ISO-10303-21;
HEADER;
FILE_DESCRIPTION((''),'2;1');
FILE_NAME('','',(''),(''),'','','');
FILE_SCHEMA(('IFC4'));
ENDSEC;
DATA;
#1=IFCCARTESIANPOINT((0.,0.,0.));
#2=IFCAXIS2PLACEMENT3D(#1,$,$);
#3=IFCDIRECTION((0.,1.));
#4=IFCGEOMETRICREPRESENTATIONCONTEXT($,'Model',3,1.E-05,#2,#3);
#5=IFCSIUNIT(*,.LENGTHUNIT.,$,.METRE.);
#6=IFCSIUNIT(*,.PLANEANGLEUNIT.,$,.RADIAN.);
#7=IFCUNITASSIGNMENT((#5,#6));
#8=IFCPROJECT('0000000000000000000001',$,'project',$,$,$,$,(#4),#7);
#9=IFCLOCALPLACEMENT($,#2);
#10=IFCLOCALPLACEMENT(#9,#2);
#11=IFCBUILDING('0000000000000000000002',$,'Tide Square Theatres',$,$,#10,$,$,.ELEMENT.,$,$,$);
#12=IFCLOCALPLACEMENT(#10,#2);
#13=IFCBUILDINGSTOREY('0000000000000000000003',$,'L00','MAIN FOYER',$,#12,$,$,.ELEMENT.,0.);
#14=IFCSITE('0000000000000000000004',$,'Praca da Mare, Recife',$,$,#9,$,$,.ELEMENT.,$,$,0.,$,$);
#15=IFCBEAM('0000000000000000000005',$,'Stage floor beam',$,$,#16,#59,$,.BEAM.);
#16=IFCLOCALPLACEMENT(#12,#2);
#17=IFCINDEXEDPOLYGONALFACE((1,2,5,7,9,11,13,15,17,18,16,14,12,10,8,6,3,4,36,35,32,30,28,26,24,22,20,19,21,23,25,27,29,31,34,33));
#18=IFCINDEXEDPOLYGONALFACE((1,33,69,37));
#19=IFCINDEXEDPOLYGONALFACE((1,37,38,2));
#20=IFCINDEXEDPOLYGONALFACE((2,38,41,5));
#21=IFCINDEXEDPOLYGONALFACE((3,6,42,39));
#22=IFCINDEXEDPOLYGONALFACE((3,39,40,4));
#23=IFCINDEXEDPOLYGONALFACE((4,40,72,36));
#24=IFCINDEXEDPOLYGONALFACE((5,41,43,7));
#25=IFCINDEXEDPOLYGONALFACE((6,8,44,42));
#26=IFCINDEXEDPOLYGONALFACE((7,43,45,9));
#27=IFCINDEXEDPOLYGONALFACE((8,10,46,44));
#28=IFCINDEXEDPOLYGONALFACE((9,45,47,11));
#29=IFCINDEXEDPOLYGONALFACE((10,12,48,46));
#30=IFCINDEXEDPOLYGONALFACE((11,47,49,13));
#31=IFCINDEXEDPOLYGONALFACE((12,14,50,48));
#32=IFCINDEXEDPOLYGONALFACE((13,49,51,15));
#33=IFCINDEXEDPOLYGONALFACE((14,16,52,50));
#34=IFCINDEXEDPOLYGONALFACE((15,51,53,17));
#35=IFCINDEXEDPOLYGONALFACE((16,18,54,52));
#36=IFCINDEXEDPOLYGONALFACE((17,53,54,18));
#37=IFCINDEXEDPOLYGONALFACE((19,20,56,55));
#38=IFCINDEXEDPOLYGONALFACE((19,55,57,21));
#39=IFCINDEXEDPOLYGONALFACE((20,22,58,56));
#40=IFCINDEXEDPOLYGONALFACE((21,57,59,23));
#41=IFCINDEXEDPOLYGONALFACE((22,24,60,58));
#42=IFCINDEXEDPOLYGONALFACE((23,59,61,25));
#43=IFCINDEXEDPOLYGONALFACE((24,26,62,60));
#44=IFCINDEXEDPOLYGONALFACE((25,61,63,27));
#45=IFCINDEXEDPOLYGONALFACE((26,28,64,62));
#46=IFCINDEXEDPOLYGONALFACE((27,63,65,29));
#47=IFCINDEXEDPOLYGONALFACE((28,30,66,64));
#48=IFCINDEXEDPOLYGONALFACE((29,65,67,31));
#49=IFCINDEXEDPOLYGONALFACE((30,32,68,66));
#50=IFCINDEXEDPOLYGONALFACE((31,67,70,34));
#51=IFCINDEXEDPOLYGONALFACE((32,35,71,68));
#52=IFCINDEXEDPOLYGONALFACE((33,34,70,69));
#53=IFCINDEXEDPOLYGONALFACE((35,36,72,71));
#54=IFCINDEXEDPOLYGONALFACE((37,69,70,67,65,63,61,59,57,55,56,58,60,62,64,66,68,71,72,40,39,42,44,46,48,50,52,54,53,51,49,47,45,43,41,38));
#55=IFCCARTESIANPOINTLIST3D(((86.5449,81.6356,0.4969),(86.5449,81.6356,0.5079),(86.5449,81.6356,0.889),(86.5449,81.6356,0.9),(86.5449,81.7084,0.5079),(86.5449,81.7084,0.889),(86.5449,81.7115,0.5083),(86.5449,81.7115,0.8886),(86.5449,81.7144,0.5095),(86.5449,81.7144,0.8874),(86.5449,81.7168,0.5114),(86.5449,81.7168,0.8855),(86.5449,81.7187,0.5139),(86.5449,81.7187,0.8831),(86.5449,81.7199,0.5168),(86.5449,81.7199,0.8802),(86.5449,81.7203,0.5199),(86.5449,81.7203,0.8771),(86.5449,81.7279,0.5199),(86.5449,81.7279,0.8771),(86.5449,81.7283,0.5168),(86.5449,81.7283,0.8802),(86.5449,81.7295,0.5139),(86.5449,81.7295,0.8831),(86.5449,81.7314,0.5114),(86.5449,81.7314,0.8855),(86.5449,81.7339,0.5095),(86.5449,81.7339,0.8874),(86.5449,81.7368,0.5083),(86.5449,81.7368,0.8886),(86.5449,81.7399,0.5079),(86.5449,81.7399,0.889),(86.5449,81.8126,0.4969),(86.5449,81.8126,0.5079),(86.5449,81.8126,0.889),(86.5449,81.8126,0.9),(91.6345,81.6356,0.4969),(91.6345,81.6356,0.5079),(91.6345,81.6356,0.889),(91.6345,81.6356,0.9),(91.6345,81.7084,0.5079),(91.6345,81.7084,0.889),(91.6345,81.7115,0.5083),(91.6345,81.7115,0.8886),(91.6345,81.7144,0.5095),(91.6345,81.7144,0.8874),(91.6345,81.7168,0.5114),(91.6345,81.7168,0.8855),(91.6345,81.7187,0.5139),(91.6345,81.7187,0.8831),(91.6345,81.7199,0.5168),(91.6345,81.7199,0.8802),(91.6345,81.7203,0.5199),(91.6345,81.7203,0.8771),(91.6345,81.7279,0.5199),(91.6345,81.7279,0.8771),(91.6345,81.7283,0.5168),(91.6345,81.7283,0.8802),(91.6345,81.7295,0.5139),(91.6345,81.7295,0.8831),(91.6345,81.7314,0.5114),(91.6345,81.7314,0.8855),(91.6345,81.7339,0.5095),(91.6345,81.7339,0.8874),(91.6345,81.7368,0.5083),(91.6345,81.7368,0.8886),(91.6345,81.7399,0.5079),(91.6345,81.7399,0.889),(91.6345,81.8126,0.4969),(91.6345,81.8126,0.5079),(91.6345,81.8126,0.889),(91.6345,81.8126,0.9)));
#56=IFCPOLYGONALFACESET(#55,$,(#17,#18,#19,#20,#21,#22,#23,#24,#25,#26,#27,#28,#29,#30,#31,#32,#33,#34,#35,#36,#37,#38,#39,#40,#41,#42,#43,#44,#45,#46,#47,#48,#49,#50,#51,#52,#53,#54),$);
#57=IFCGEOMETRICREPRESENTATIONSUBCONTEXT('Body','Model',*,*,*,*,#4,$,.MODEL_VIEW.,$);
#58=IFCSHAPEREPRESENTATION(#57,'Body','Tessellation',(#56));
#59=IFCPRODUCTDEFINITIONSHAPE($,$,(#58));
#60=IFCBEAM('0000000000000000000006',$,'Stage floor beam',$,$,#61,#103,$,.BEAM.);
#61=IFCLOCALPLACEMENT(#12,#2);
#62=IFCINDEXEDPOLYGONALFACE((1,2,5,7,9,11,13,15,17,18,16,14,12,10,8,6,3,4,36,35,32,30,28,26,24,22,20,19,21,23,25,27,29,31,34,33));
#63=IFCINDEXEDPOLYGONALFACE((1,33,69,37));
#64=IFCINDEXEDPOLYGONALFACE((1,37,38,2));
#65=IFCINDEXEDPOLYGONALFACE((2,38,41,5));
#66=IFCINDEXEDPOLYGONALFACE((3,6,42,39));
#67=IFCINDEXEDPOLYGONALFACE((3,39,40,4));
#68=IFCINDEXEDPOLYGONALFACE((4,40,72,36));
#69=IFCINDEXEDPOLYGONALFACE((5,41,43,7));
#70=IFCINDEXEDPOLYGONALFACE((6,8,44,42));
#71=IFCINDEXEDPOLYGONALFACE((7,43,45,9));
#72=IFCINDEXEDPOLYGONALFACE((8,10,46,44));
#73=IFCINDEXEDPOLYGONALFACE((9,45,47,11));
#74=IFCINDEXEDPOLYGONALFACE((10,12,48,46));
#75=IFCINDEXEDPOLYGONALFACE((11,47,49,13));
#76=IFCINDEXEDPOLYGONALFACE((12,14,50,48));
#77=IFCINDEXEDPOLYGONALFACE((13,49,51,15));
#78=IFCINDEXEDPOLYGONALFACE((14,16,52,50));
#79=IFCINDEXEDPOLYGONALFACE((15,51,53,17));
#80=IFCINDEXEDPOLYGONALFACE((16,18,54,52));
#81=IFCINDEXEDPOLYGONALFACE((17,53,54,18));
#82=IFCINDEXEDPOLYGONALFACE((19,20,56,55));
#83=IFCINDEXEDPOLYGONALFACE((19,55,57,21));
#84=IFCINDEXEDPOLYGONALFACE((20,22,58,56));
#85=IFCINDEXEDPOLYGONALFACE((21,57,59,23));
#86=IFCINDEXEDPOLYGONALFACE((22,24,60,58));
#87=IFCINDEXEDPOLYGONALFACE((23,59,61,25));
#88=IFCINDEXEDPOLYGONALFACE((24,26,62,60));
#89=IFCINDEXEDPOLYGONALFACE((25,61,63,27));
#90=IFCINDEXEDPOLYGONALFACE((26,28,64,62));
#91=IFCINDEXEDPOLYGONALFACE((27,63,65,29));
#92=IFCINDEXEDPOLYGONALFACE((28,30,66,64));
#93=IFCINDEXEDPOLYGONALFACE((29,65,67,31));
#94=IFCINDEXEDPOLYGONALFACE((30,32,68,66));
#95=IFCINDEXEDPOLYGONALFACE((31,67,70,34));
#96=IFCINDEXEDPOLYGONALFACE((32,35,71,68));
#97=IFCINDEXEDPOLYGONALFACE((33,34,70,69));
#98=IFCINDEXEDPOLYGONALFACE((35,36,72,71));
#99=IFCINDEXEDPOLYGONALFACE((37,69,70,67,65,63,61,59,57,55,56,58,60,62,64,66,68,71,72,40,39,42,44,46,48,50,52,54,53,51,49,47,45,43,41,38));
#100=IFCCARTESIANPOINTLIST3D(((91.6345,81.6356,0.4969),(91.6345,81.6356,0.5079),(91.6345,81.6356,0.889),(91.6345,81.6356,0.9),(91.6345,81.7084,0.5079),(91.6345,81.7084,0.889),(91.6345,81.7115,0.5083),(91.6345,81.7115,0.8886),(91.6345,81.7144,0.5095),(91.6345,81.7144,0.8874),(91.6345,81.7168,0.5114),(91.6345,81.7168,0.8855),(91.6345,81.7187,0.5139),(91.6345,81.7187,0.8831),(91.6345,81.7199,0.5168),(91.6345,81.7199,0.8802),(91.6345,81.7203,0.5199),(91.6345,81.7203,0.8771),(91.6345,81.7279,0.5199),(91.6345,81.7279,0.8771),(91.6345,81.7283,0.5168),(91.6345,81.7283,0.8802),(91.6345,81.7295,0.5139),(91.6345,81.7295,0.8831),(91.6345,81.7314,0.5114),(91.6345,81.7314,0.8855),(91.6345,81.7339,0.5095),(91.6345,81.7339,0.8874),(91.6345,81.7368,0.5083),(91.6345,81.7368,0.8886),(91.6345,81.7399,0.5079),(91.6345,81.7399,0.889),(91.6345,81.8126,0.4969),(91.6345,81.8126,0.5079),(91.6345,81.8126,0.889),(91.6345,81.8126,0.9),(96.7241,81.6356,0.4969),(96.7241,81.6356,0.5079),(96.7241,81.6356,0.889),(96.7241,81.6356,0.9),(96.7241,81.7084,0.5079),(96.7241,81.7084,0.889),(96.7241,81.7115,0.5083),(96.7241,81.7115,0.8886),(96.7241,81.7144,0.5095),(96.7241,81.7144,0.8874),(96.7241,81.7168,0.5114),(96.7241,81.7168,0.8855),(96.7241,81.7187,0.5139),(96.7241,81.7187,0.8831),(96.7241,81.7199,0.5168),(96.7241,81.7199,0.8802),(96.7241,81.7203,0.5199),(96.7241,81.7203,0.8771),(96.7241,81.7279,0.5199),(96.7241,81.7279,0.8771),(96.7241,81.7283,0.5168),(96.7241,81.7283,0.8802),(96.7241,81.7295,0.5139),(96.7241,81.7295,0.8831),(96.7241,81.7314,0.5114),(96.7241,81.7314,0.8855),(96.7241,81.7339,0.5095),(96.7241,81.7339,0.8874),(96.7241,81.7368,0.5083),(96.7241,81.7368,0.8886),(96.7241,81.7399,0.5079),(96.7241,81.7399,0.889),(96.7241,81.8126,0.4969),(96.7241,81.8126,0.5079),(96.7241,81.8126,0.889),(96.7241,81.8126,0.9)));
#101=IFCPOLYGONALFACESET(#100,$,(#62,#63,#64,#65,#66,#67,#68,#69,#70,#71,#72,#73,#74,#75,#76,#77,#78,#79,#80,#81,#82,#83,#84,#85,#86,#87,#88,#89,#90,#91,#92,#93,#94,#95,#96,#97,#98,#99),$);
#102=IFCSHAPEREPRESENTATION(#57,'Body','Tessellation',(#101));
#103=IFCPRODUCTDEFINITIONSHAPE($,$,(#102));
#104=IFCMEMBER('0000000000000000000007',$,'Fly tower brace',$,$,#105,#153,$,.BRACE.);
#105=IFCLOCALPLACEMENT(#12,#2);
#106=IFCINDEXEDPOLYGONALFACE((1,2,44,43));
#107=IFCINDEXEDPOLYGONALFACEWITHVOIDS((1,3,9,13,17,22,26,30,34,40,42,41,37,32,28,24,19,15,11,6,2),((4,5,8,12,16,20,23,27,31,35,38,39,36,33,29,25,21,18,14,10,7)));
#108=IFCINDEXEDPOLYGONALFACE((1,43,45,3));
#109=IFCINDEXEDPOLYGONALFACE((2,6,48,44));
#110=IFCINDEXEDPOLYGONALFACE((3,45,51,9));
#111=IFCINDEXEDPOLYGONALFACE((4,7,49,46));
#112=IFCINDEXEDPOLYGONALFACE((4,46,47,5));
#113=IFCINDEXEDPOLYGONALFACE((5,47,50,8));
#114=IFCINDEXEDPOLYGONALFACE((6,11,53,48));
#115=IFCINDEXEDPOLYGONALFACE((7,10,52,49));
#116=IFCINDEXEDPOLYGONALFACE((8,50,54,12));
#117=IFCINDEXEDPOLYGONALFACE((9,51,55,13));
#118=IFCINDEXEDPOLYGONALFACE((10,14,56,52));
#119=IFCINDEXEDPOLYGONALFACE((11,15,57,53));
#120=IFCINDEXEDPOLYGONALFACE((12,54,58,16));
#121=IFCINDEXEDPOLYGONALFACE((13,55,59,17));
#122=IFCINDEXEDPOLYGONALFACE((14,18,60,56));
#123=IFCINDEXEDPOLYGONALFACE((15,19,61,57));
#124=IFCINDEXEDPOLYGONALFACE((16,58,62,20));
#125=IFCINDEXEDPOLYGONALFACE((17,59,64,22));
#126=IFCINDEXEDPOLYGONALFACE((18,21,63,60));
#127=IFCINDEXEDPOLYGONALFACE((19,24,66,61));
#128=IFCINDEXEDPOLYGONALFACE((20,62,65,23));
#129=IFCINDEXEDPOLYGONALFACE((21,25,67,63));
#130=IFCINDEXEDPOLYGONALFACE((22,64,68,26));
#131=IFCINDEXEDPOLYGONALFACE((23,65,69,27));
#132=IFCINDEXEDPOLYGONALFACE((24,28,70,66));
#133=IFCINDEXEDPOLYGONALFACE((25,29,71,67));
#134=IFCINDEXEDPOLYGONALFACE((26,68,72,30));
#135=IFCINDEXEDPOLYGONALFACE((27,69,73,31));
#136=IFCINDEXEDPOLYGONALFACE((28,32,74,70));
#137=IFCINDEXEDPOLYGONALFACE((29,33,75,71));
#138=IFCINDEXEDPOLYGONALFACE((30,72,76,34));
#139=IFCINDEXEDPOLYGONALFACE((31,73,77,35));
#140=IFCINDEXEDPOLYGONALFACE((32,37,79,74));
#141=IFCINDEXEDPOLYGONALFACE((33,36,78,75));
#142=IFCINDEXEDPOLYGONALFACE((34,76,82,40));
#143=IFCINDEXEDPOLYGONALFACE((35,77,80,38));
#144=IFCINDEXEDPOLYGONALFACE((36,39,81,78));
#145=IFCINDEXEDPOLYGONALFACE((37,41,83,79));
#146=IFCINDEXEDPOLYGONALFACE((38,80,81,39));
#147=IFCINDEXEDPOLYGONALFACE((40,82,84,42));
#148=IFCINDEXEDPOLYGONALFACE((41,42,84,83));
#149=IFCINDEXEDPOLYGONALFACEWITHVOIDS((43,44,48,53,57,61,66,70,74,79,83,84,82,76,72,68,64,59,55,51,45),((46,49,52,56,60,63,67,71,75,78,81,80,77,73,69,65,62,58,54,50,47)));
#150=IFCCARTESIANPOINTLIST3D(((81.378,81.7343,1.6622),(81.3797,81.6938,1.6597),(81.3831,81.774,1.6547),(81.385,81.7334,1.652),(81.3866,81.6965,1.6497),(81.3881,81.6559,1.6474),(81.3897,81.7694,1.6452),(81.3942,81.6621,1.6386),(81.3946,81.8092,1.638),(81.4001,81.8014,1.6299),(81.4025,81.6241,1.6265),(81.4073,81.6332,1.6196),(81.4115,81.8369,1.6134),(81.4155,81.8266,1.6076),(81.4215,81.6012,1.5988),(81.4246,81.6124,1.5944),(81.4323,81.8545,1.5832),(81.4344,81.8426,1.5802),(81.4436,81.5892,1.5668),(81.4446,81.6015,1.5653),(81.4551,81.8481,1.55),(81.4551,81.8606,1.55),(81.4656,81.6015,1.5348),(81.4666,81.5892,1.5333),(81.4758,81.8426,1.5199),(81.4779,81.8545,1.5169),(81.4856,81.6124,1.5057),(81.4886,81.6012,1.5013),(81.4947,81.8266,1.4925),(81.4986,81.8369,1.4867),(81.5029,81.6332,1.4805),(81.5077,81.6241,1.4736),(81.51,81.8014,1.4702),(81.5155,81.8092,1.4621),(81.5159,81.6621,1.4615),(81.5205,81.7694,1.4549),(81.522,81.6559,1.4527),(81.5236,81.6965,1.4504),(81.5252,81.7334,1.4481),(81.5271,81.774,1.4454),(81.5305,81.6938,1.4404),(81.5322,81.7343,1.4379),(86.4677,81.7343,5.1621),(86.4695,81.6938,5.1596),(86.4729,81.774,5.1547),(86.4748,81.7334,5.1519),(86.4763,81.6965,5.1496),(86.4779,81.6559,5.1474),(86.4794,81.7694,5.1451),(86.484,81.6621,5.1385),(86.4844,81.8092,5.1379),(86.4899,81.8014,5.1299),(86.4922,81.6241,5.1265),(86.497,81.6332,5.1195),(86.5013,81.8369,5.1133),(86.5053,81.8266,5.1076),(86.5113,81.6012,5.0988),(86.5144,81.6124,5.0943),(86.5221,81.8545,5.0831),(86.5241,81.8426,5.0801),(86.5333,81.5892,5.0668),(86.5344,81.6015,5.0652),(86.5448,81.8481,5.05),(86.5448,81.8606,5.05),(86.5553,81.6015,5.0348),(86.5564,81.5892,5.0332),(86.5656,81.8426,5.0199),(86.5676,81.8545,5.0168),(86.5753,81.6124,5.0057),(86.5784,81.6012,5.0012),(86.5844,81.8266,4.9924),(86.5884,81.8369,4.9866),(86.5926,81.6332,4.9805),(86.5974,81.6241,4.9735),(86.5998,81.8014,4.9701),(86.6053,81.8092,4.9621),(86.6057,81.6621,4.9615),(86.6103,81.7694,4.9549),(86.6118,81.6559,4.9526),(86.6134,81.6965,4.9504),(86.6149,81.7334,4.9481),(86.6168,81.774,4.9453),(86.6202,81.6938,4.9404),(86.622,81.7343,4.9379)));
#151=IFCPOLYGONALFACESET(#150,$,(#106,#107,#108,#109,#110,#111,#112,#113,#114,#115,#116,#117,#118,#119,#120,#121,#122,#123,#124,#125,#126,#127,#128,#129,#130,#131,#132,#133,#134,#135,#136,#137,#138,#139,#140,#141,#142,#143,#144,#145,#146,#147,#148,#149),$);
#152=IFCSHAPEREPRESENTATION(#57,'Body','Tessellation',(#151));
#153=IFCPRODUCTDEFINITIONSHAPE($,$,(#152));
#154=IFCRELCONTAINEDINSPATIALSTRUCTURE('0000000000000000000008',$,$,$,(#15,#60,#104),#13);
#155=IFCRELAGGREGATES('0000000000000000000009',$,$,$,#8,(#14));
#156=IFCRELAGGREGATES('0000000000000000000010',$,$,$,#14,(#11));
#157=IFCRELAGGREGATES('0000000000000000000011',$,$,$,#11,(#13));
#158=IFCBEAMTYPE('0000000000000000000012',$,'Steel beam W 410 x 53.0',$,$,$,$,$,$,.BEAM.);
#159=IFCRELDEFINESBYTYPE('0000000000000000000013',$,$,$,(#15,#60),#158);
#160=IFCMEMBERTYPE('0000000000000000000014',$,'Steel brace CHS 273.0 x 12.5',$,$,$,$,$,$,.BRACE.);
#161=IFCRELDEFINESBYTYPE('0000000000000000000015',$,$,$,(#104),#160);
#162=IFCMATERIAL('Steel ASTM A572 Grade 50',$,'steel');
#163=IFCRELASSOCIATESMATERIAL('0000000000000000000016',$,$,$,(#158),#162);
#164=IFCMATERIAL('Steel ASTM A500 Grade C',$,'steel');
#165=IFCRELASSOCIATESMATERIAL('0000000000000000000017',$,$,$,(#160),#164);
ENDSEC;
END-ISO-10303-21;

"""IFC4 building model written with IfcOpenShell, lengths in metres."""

from ifc_helpers import new_model, si_unit, direction, frame, origin, origin_2d, place, context, subcontext, project, spatial, hollow_circle, i_section, extrude, material, material_profile, profile_set, type_object, element, save


model = new_model("IFC4")

# Units and contexts
model_context = context("Model", 3, precision=1e-05, world=origin(), true_north=direction((0.0, 1.0)))
body_context = subcontext(model_context, "Body", "Model", "MODEL_VIEW")
ifc_project = project(units=[si_unit("LENGTHUNIT", "METRE"), si_unit("PLANEANGLEUNIT", "RADIAN")], contexts=[model_context])

# Site, building, storey
site_placement = place(None, origin())
site = spatial("IfcSite", under=ifc_project, at=site_placement, Name="Praca da Mare, Recife", CompositionType="ELEMENT", RefElevation=0.0)
building_placement = place(site_placement, origin())
building = spatial("IfcBuilding", under=site, at=building_placement, Name="Tide Square Theatres", CompositionType="ELEMENT")
storey_placement = place(building_placement, origin())
storey = spatial("IfcBuildingStorey", under=building, at=storey_placement, Name="L00", Description="MAIN FOYER", CompositionType="ELEMENT", Elevation=0.0)

# Beams
ifc_material_1 = material(Name="Steel ASTM A572 Grade 50", Category="steel")
ifc_material_profile_1 = material_profile(ifc_material_1, i_section(OverallWidth=0.177, OverallDepth=0.4031, WebThickness=0.0076, FlangeThickness=0.011, FilletRadius=0.012, at=origin_2d()))
ifc_profile_set_1 = profile_set([ifc_material_profile_1], Name="Steel ASTM A572 Grade 50")
beam_type = type_object("IfcBeamType", Name="Steel beam W 410 x 53.0", PredefinedType="BEAM", material=ifc_profile_set_1)
for number, where, z_axis, x_axis, name in (
    (1, (86.5449, 81.7241, 0.6985), (1.0, 0.0, 0.0), (0.0, 1.0, 0.0), "Stage floor beam"),
    (2, (91.6345, 81.7241, 0.6985), (1.0, 0.0, 0.0), (0.0, 1.0, 0.0), "Stage floor beam"),
):
    element("IfcBeam", number, at=place(storey_placement, frame(where, z_axis=z_axis, x_axis=x_axis)), inside=storey, type_object=beam_type, Name=name, PredefinedType="BEAM", context=body_context, shape_type="SweptSolid", body=[
        extrude(i_section(OverallWidth=0.177, OverallDepth=0.4031, WebThickness=0.0076, FlangeThickness=0.011, FilletRadius=0.012, at=origin_2d()), origin(), (0.0, 0.0, 1.0), 5.0896),
    ])

# Member
ifc_material_2 = material(Name="Steel ASTM A500 Grade C", Category="steel")
ifc_material_profile_2 = material_profile(ifc_material_2, hollow_circle(Radius=0.1365, WallThickness=0.0125, at=origin_2d()))
ifc_profile_set_2 = profile_set([ifc_material_profile_2], Name="Steel ASTM A500 Grade C")
member_type = type_object("IfcMemberType", Name="Steel brace CHS 273.0 x 12.5", PredefinedType="BRACE", material=ifc_profile_set_2)
member_1_placement = place(storey_placement, frame((81.4551, 81.7241, 1.55), z_axis=(0.823987, 0.0, 0.566609), x_axis=(0.0, 1.0, 0.0)))
element("IfcMember", 3, at=member_1_placement, inside=storey, type_object=member_type, Name="Fly tower brace", PredefinedType="BRACE", context=body_context, shape_type="SweptSolid", body=[
    extrude(hollow_circle(Radius=0.1365, WallThickness=0.0125, at=origin_2d()), origin(), (0.0, 0.0, 1.0), 6.177),
])

save(model, "model.ifc")
